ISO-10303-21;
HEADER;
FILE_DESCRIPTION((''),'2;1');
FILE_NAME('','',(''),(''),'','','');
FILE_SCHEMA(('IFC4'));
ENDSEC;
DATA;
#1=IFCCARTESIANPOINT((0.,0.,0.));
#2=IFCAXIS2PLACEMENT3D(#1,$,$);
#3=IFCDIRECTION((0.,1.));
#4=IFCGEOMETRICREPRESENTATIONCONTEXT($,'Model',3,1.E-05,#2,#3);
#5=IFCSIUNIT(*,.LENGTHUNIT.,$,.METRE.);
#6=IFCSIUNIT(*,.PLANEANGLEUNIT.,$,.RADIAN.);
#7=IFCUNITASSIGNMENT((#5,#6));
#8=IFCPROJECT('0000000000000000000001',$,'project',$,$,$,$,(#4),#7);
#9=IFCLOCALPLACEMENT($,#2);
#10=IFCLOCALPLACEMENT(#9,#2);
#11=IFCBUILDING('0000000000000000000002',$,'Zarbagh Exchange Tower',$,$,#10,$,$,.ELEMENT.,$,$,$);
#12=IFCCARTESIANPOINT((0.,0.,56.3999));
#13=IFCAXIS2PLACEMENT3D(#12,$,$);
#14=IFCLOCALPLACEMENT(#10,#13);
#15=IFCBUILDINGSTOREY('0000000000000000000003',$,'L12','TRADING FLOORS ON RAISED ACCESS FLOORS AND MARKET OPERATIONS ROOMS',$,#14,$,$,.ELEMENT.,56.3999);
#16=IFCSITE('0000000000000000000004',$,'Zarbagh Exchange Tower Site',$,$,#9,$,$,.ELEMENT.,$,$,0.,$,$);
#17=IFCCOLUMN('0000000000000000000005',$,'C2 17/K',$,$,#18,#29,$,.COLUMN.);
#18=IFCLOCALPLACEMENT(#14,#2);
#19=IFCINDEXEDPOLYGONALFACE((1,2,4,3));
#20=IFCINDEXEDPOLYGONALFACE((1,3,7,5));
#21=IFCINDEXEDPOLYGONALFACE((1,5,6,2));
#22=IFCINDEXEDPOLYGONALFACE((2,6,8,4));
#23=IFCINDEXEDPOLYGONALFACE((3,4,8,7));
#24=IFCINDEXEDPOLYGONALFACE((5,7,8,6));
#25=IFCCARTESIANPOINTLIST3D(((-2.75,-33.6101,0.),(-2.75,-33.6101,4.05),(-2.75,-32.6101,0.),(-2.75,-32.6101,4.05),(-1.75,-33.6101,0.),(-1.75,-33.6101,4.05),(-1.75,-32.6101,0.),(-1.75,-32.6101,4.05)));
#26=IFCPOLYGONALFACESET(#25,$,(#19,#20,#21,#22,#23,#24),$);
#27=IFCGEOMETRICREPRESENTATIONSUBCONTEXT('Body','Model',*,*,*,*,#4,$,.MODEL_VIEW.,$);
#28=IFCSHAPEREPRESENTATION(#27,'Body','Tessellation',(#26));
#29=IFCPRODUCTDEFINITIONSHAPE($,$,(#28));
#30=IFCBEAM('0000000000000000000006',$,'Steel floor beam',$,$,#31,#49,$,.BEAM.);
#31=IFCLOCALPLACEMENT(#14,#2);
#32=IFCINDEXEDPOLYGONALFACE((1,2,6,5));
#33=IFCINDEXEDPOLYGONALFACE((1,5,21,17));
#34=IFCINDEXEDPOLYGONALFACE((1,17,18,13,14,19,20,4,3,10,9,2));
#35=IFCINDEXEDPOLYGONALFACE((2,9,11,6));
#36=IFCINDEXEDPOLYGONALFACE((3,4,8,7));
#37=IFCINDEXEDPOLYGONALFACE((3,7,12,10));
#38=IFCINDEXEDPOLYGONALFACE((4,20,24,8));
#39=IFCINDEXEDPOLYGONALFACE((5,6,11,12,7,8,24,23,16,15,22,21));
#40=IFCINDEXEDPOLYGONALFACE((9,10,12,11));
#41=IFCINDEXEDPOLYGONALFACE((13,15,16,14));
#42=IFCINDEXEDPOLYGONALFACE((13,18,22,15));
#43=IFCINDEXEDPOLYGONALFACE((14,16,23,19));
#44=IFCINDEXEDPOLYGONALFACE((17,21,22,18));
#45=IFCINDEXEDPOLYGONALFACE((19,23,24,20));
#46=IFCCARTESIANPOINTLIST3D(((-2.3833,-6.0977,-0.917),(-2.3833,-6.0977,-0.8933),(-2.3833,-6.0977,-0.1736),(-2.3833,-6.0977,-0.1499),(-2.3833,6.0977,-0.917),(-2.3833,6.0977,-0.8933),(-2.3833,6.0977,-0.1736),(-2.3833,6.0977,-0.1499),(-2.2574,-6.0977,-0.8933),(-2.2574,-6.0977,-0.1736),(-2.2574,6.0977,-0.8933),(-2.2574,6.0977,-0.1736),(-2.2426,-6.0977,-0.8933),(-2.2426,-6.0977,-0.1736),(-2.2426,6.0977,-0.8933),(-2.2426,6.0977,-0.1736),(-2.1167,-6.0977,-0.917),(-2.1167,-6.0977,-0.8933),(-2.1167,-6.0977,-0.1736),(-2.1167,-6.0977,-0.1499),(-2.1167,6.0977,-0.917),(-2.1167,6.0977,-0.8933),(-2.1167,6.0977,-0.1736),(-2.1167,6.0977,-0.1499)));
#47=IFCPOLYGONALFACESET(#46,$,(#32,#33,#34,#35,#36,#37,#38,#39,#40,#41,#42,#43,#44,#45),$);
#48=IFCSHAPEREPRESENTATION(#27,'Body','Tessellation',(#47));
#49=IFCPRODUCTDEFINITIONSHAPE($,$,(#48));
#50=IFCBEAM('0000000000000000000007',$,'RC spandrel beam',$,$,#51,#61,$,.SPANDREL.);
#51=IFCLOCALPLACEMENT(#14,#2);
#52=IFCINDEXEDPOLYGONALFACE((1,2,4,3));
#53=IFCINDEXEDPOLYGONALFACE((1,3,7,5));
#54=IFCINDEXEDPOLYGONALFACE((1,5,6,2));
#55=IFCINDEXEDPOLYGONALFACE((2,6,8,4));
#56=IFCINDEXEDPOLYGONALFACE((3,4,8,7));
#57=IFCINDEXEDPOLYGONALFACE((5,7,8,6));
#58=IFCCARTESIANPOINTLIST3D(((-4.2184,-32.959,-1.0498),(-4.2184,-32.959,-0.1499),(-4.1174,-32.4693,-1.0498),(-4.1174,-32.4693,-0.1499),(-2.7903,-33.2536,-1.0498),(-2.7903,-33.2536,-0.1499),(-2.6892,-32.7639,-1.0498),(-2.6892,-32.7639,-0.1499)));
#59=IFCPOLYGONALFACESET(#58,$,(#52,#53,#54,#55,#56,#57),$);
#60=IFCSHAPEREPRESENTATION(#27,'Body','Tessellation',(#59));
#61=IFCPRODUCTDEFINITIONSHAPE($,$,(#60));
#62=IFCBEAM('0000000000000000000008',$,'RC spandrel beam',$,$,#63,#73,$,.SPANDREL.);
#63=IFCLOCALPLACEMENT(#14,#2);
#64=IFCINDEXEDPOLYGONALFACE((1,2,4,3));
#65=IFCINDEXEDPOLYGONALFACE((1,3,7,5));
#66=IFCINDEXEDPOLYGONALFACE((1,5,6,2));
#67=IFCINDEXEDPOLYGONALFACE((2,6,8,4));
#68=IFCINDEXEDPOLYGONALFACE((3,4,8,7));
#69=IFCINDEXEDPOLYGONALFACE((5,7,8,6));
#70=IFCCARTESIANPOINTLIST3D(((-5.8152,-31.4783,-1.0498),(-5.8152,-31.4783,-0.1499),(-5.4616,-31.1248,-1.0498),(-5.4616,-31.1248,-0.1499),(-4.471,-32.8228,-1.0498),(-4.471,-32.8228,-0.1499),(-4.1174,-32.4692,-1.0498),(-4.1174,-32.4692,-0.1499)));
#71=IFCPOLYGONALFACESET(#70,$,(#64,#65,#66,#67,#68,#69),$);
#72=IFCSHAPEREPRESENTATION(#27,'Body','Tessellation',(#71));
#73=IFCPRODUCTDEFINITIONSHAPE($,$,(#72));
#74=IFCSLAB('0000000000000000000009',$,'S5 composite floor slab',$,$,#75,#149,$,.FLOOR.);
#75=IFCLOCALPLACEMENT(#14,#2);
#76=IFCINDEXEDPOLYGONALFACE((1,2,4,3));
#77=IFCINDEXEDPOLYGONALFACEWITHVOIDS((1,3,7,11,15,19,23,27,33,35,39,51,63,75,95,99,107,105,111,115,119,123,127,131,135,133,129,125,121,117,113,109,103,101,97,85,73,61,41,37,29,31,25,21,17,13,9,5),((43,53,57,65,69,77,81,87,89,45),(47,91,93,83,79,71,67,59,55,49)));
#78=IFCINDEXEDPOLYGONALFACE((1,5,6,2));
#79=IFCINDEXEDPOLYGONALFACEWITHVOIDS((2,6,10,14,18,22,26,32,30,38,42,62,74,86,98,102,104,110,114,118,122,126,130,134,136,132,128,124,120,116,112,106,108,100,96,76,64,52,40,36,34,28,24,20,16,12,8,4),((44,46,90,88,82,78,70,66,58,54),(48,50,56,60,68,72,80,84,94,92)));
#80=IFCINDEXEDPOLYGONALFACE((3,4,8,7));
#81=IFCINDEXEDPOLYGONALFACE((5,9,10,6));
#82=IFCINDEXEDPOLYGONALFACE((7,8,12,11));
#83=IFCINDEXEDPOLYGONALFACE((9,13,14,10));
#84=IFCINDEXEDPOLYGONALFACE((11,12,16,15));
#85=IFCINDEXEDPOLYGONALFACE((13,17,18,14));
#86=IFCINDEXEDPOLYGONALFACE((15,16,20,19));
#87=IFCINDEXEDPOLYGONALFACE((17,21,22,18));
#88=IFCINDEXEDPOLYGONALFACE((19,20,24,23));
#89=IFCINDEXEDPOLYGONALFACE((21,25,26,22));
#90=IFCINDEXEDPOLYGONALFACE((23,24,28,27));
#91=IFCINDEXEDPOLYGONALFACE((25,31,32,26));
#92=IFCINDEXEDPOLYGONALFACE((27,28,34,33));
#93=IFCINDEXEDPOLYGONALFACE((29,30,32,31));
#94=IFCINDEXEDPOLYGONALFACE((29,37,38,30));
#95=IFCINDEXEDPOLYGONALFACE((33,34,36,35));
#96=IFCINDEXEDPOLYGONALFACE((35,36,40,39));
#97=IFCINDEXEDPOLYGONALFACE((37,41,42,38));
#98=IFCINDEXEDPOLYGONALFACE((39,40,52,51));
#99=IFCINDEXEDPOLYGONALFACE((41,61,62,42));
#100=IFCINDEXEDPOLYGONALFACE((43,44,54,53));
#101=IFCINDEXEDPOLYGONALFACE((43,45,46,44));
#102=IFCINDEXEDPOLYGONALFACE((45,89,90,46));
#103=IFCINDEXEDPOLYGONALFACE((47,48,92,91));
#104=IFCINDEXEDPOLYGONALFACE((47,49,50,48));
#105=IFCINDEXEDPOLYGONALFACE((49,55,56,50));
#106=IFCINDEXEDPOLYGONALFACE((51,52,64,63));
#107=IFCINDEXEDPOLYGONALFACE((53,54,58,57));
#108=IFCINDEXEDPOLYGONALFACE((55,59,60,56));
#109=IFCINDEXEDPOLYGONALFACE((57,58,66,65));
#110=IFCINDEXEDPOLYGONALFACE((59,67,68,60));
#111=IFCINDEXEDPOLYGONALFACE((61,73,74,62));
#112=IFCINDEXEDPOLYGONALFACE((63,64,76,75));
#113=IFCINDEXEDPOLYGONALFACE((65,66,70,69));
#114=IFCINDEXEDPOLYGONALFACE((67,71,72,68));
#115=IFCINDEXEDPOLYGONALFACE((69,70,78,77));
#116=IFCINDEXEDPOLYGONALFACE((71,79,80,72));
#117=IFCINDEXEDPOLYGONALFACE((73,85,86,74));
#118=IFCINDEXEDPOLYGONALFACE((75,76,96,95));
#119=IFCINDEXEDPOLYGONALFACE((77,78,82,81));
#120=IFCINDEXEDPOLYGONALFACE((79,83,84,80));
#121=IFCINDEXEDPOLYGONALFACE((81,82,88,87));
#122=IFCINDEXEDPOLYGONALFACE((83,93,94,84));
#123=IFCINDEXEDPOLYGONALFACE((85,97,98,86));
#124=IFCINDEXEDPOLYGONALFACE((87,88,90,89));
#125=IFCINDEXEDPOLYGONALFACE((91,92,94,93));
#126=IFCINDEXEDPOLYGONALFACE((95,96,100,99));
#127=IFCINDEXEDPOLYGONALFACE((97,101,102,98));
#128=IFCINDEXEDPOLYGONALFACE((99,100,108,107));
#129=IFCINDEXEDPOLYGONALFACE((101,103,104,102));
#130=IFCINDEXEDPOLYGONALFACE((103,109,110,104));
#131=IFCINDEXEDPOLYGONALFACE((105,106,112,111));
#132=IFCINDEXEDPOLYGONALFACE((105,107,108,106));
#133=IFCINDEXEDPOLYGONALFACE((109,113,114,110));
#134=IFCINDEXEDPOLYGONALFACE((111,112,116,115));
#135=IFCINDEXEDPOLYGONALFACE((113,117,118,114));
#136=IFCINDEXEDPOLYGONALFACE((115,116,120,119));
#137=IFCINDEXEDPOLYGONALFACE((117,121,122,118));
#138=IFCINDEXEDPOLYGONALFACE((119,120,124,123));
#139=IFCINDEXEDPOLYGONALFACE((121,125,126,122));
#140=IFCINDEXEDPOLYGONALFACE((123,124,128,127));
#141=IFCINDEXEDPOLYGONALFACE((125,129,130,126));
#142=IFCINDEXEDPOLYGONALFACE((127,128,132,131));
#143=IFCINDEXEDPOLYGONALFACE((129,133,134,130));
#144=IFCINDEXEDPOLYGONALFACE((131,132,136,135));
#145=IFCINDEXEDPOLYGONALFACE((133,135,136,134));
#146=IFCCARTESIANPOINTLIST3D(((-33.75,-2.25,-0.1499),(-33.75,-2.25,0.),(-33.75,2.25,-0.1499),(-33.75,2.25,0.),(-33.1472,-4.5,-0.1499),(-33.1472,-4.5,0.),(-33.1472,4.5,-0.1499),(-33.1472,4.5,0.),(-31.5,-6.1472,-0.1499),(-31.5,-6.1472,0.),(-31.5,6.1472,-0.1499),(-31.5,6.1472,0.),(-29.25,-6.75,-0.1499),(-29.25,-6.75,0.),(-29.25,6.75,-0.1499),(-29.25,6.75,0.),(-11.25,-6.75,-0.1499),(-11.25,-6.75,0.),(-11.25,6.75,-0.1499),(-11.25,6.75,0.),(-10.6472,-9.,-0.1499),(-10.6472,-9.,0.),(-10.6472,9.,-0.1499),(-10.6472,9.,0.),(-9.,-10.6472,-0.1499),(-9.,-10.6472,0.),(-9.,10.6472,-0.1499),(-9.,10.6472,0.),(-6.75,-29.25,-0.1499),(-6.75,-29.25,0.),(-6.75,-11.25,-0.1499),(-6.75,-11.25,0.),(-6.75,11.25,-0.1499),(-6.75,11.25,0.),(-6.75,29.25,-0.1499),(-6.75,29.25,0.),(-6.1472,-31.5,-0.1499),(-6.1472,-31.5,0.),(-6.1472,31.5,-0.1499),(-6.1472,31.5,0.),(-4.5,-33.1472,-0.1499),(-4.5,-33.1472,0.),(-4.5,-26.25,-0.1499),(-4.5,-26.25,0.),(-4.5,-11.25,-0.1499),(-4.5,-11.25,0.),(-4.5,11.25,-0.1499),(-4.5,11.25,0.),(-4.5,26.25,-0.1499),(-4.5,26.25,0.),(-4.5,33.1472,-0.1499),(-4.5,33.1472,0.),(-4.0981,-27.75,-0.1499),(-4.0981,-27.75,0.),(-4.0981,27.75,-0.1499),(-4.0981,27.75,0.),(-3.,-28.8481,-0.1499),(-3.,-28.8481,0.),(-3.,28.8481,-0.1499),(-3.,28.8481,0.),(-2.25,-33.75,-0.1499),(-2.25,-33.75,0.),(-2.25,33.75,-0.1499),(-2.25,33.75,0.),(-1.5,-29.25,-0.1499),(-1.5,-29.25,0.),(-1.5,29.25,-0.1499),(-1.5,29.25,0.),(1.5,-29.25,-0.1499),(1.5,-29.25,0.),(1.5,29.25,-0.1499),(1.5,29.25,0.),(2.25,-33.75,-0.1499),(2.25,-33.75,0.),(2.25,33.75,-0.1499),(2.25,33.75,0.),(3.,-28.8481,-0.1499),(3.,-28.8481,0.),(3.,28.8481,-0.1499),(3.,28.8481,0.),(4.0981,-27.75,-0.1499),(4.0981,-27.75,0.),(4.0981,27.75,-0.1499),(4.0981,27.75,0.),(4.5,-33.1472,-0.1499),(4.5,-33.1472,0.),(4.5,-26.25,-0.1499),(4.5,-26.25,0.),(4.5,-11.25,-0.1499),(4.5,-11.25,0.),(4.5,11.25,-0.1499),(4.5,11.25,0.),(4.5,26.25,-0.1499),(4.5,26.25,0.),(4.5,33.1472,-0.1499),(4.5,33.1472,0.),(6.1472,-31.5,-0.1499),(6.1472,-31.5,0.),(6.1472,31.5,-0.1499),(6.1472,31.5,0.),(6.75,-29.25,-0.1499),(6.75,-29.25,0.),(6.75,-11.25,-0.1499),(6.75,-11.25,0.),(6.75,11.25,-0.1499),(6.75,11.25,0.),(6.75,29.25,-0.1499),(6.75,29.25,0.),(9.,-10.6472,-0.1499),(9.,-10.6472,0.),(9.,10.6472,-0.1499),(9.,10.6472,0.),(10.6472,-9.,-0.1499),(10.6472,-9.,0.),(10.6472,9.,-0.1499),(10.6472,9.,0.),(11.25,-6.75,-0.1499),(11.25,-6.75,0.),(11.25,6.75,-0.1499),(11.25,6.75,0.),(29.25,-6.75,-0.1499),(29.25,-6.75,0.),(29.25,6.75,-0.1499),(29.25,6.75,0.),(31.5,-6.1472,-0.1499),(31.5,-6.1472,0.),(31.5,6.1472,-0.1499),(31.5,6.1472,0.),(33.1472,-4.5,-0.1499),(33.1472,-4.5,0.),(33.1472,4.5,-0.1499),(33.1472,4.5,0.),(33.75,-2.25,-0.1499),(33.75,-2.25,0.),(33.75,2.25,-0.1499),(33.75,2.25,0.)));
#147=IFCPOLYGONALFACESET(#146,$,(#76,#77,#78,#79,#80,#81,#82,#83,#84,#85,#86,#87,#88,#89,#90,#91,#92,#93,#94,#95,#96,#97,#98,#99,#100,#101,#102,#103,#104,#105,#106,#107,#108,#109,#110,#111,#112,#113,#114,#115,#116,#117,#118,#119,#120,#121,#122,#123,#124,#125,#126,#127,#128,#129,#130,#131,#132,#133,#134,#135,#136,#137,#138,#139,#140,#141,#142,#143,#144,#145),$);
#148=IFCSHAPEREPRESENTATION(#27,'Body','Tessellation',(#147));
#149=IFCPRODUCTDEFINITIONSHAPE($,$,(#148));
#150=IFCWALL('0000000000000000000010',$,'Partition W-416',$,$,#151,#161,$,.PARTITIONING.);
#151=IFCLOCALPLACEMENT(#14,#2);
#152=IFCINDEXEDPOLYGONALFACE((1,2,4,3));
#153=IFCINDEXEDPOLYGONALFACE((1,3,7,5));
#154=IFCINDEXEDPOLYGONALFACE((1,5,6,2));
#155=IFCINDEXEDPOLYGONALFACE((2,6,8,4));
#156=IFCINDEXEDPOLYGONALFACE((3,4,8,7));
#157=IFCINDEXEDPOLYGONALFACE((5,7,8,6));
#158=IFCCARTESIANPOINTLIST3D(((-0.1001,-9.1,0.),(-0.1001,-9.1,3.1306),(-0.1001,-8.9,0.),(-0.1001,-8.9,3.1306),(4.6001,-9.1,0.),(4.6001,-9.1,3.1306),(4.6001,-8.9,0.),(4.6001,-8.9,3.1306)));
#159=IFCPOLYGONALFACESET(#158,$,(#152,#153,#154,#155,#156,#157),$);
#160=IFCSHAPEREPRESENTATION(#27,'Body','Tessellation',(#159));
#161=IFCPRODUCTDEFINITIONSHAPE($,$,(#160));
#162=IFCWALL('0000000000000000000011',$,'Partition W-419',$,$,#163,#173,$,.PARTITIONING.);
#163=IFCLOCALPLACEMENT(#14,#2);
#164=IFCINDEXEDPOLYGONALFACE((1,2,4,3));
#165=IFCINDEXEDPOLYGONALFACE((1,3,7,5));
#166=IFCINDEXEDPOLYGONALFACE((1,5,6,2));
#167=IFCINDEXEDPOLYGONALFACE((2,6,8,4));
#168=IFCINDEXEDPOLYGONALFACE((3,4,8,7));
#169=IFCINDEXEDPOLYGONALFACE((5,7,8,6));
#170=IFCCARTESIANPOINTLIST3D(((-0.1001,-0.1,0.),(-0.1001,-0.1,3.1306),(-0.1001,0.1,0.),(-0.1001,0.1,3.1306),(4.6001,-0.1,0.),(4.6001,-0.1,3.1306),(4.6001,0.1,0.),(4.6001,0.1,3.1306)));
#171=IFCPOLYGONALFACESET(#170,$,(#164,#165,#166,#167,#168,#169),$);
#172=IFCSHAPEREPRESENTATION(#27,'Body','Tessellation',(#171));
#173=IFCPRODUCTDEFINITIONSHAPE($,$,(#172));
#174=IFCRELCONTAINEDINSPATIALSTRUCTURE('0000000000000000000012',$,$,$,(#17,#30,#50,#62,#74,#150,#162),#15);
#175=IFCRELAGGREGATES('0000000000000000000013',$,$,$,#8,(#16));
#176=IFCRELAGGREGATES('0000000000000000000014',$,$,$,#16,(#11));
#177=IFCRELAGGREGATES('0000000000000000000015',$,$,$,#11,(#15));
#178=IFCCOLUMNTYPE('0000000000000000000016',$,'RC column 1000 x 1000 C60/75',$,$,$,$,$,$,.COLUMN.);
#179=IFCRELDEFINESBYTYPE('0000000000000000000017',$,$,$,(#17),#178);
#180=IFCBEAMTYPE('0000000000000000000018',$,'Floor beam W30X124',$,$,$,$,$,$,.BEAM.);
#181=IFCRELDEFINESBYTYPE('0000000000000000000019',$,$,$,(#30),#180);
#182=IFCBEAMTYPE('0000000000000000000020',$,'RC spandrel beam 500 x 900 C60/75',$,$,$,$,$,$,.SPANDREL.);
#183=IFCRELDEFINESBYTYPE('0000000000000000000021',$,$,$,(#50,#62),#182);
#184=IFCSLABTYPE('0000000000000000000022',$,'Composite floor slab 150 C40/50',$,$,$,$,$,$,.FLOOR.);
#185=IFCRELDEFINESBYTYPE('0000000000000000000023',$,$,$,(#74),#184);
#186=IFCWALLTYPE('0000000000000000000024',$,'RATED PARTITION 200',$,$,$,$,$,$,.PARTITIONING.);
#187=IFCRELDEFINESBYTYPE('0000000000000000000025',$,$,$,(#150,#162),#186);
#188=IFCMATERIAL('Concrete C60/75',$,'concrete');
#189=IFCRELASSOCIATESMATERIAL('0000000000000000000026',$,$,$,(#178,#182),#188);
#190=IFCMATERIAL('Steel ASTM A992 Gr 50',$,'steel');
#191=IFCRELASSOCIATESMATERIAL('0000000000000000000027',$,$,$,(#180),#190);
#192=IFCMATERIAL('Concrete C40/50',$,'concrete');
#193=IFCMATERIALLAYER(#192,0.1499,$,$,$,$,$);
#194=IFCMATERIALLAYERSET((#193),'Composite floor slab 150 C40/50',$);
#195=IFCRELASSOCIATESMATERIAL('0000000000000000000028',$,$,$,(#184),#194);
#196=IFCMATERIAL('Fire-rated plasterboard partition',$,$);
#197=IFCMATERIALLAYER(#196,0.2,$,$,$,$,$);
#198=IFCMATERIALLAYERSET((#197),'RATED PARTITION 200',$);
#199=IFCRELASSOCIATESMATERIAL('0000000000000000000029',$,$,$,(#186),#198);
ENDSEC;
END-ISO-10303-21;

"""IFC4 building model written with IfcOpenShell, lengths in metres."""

from ifc_helpers import new_model, si_unit, direction, frame, frame_2d, origin, origin_2d, place, context, subcontext, project, spatial, polyline, rectangle, i_section, outline, extrude, material, layer, layer_set, material_profile, profile_set, type_object, element, save


model = new_model("IFC4")

# Units and contexts
model_context = context("Model", 3, precision=1e-05, world=origin(), true_north=direction((0.0, 1.0)))
body_context = subcontext(model_context, "Body", "Model", "MODEL_VIEW")
ifc_project = project(units=[si_unit("LENGTHUNIT", "METRE"), si_unit("PLANEANGLEUNIT", "RADIAN")], contexts=[model_context])

# Site, building, storey
site_placement = place(None, origin())
site = spatial("IfcSite", under=ifc_project, at=site_placement, Name="Zarbagh Exchange Tower Site", CompositionType="ELEMENT", RefElevation=0.0)
building_placement = place(site_placement, origin())
building = spatial("IfcBuilding", under=site, at=building_placement, Name="Zarbagh Exchange Tower", CompositionType="ELEMENT")
storey_placement = place(building_placement, frame((0.0, 0.0, 56.3999)))
storey = spatial("IfcBuildingStorey", under=building, at=storey_placement, Name="L12", Description="TRADING FLOORS ON RAISED ACCESS FLOORS AND MARKET OPERATIONS ROOMS", CompositionType="ELEMENT", Elevation=56.3999)

# Column
ifc_material_1 = material(Name="Concrete C60/75", Category="concrete")
ifc_material_profile_1 = material_profile(ifc_material_1, rectangle(XDim=1.0, YDim=1.0, at=origin_2d()), Name="RC column 1000 x 1000 C60/75")
ifc_profile_set_1 = profile_set([ifc_material_profile_1], Name="Concrete C60/75")
column_type = type_object("IfcColumnType", Name="RC column 1000 x 1000 C60/75", PredefinedType="COLUMN", material=ifc_profile_set_1)
column_placement = place(storey_placement, frame((-2.25, -33.1101, 0.0), z_axis=(0.0, 0.0, 1.0), x_axis=(1.0, 0.0, 0.0)))
element("IfcColumn", 1, at=column_placement, inside=storey, type_object=column_type, Name="C2 17/K", PredefinedType="COLUMN", context=body_context, shape_type="SweptSolid", body=[
    extrude(rectangle(XDim=1.0, YDim=1.0, at=origin_2d()), origin(), (0.0, 0.0, 1.0), 4.05),
])

# Beams
ifc_material_2 = material(Name="Steel ASTM A992 Gr 50", Category="steel")
ifc_material_profile_2 = material_profile(ifc_material_2, i_section(OverallWidth=0.2666, OverallDepth=0.7671, WebThickness=0.0149, FlangeThickness=0.0237, at=origin_2d()), Name="W30X124")
ifc_profile_set_2 = profile_set([ifc_material_profile_2], Name="Steel ASTM A992 Gr 50")
beam_type_1 = type_object("IfcBeamType", Name="Floor beam W30X124", PredefinedType="BEAM", material=ifc_profile_set_2)
beam_1_placement = place(storey_placement, frame((-2.25, -6.0977, -0.5334), z_axis=(0.0, 1.0, 0.0), x_axis=(-1.0, 0.0, 0.0)))
element("IfcBeam", 2, at=beam_1_placement, inside=storey, type_object=beam_type_1, Name="Steel floor beam", PredefinedType="BEAM", context=body_context, shape_type="SweptSolid", body=[
    extrude(i_section(OverallWidth=0.2666, OverallDepth=0.7671, WebThickness=0.0149, FlangeThickness=0.0237, at=origin_2d()), origin(), (0.0, 0.0, 1.0), 12.1953),
])
ifc_material_profile_3 = material_profile(ifc_material_1, rectangle(XDim=0.5, YDim=0.8999, at=origin_2d()), Name="RC spandrel beam 500 x 900 C60/75")
ifc_profile_set_3 = profile_set([ifc_material_profile_3], Name="Concrete C60/75")
beam_type_2 = type_object("IfcBeamType", Name="RC spandrel beam 500 x 900 C60/75", PredefinedType="SPANDREL", material=ifc_profile_set_3)
beam_2_placement = place(storey_placement, frame((-2.7397, -33.0088, -0.5999), z_axis=(-0.979371, 0.202069, 0.0), x_axis=(-0.202069, -0.979371, 0.0)))
element("IfcBeam", 3, at=beam_2_placement, inside=storey, type_object=beam_type_2, Name="RC spandrel beam", PredefinedType="SPANDREL", context=body_context, shape_type="SweptSolid", body=[
    extrude(rectangle(XDim=0.5, YDim=0.8999, at=origin_2d()), origin(), (0.0, 0.0, 1.0), 1.4583),
])
beam_3_placement = place(storey_placement, frame((-4.2942, -32.646, -0.5999), z_axis=(-0.707043, 0.707171, 0.0), x_axis=(-0.707171, -0.707043, 0.0)))
element("IfcBeam", 4, at=beam_3_placement, inside=storey, type_object=beam_type_2, Name="RC spandrel beam", PredefinedType="SPANDREL", context=body_context, shape_type="SweptSolid", body=[
    extrude(rectangle(XDim=0.5, YDim=0.8999, at=origin_2d()), origin(), (0.0, 0.0, 1.0), 1.9011),
])

# Slab
ifc_material_3 = material(Name="Concrete C40/50", Category="concrete")
ifc_layer_1 = layer(ifc_material_3, 0.1499)
ifc_layer_set_1 = layer_set([ifc_layer_1], Name="Composite floor slab 150 C40/50")
slab_type = type_object("IfcSlabType", Name="Composite floor slab 150 C40/50", PredefinedType="FLOOR", material=ifc_layer_set_1)
slab_placement = place(storey_placement, frame((0.0, 0.0, -0.1499)))
element("IfcSlab", 5, at=slab_placement, inside=storey, type_object=slab_type, Name="S5 composite floor slab", PredefinedType="FLOOR", context=body_context, shape_type="SweptSolid", body=[
    extrude(outline(polyline([(-2.25, -33.75), (-4.5, -33.1472), (-6.1472, -31.5), (-6.75, -29.25), (-6.75, -11.25), (-9.0, -10.6472), (-10.6472, -9.0), (-11.25, -6.75), (-29.25, -6.75), (-31.5, -6.1472), (-33.1472, -4.5), (-33.75, -2.25), (-33.75, 2.25), (-33.1472, 4.5), (-31.5, 6.1472), (-29.25, 6.75), (-11.25, 6.75), (-10.6472, 9.0), (-9.0, 10.6472), (-6.75, 11.25), (-6.75, 29.25), (-6.1472, 31.5), (-4.5, 33.1472), (-2.25, 33.75), (2.25, 33.75), (4.5, 33.1472), (6.1472, 31.5), (6.75, 29.25), (6.75, 11.25), (9.0, 10.6472), (10.6472, 9.0), (11.25, 6.75), (29.25, 6.75), (31.5, 6.1472), (33.1472, 4.5), (33.75, 2.25), (33.75, -2.25), (33.1472, -4.5), (31.5, -6.1472), (29.25, -6.75), (11.25, -6.75), (10.6472, -9.0), (9.0, -10.6472), (6.75, -11.25), (6.75, -29.25), (6.1472, -31.5), (4.5, -33.1472), (2.25, -33.75), (-2.25, -33.75)]), holes=[polyline([(4.5, 11.25), (4.5, 26.25), (4.0981, 27.75), (3.0, 28.8481), (1.5, 29.25), (-1.5, 29.25), (-3.0, 28.8481), (-4.0981, 27.75), (-4.5, 26.25), (-4.5, 11.25), (4.5, 11.25)]), polyline([(-1.5, -29.25), (1.5, -29.25), (3.0, -28.8481), (4.0981, -27.75), (4.5, -26.25), (4.5, -11.25), (-4.5, -11.25), (-4.5, -26.25), (-4.0981, -27.75), (-3.0, -28.8481), (-1.5, -29.25)])]), origin(), (0.0, 0.0, 1.0), 0.1499),
])

# Walls
ifc_material_4 = material(Name="Fire-rated plasterboard partition")
ifc_layer_2 = layer(ifc_material_4, 0.2)
ifc_layer_set_2 = layer_set([ifc_layer_2], Name="RATED PARTITION 200")
wall_type_1 = type_object("IfcWallType", Name="RATED PARTITION 200", PredefinedType="PARTITIONING", material=ifc_layer_set_2)
for number, where, z_axis, x_axis, name in (
    (6, (-0.1001, -9.0, 0.0), (0.0, 0.0, 1.0), (1.0, 0.0, 0.0), "Partition W-416"),
    (7, (-0.1001, 0.0, 0.0), (0.0, 0.0, 1.0), (1.0, 0.0, 0.0), "Partition W-419"),
):
    element("IfcWall", number, at=place(storey_placement, frame(where, z_axis=z_axis, x_axis=x_axis)), inside=storey, type_object=wall_type_1, Name=name, PredefinedType="PARTITIONING", context=body_context, shape_type="SweptSolid", body=[
        extrude(rectangle(XDim=4.7002, YDim=0.2, at=frame_2d((2.3501, 0.0))), origin(), (0.0, 0.0, 1.0), 3.1306),
    ])

save(model, "model.ifc")
